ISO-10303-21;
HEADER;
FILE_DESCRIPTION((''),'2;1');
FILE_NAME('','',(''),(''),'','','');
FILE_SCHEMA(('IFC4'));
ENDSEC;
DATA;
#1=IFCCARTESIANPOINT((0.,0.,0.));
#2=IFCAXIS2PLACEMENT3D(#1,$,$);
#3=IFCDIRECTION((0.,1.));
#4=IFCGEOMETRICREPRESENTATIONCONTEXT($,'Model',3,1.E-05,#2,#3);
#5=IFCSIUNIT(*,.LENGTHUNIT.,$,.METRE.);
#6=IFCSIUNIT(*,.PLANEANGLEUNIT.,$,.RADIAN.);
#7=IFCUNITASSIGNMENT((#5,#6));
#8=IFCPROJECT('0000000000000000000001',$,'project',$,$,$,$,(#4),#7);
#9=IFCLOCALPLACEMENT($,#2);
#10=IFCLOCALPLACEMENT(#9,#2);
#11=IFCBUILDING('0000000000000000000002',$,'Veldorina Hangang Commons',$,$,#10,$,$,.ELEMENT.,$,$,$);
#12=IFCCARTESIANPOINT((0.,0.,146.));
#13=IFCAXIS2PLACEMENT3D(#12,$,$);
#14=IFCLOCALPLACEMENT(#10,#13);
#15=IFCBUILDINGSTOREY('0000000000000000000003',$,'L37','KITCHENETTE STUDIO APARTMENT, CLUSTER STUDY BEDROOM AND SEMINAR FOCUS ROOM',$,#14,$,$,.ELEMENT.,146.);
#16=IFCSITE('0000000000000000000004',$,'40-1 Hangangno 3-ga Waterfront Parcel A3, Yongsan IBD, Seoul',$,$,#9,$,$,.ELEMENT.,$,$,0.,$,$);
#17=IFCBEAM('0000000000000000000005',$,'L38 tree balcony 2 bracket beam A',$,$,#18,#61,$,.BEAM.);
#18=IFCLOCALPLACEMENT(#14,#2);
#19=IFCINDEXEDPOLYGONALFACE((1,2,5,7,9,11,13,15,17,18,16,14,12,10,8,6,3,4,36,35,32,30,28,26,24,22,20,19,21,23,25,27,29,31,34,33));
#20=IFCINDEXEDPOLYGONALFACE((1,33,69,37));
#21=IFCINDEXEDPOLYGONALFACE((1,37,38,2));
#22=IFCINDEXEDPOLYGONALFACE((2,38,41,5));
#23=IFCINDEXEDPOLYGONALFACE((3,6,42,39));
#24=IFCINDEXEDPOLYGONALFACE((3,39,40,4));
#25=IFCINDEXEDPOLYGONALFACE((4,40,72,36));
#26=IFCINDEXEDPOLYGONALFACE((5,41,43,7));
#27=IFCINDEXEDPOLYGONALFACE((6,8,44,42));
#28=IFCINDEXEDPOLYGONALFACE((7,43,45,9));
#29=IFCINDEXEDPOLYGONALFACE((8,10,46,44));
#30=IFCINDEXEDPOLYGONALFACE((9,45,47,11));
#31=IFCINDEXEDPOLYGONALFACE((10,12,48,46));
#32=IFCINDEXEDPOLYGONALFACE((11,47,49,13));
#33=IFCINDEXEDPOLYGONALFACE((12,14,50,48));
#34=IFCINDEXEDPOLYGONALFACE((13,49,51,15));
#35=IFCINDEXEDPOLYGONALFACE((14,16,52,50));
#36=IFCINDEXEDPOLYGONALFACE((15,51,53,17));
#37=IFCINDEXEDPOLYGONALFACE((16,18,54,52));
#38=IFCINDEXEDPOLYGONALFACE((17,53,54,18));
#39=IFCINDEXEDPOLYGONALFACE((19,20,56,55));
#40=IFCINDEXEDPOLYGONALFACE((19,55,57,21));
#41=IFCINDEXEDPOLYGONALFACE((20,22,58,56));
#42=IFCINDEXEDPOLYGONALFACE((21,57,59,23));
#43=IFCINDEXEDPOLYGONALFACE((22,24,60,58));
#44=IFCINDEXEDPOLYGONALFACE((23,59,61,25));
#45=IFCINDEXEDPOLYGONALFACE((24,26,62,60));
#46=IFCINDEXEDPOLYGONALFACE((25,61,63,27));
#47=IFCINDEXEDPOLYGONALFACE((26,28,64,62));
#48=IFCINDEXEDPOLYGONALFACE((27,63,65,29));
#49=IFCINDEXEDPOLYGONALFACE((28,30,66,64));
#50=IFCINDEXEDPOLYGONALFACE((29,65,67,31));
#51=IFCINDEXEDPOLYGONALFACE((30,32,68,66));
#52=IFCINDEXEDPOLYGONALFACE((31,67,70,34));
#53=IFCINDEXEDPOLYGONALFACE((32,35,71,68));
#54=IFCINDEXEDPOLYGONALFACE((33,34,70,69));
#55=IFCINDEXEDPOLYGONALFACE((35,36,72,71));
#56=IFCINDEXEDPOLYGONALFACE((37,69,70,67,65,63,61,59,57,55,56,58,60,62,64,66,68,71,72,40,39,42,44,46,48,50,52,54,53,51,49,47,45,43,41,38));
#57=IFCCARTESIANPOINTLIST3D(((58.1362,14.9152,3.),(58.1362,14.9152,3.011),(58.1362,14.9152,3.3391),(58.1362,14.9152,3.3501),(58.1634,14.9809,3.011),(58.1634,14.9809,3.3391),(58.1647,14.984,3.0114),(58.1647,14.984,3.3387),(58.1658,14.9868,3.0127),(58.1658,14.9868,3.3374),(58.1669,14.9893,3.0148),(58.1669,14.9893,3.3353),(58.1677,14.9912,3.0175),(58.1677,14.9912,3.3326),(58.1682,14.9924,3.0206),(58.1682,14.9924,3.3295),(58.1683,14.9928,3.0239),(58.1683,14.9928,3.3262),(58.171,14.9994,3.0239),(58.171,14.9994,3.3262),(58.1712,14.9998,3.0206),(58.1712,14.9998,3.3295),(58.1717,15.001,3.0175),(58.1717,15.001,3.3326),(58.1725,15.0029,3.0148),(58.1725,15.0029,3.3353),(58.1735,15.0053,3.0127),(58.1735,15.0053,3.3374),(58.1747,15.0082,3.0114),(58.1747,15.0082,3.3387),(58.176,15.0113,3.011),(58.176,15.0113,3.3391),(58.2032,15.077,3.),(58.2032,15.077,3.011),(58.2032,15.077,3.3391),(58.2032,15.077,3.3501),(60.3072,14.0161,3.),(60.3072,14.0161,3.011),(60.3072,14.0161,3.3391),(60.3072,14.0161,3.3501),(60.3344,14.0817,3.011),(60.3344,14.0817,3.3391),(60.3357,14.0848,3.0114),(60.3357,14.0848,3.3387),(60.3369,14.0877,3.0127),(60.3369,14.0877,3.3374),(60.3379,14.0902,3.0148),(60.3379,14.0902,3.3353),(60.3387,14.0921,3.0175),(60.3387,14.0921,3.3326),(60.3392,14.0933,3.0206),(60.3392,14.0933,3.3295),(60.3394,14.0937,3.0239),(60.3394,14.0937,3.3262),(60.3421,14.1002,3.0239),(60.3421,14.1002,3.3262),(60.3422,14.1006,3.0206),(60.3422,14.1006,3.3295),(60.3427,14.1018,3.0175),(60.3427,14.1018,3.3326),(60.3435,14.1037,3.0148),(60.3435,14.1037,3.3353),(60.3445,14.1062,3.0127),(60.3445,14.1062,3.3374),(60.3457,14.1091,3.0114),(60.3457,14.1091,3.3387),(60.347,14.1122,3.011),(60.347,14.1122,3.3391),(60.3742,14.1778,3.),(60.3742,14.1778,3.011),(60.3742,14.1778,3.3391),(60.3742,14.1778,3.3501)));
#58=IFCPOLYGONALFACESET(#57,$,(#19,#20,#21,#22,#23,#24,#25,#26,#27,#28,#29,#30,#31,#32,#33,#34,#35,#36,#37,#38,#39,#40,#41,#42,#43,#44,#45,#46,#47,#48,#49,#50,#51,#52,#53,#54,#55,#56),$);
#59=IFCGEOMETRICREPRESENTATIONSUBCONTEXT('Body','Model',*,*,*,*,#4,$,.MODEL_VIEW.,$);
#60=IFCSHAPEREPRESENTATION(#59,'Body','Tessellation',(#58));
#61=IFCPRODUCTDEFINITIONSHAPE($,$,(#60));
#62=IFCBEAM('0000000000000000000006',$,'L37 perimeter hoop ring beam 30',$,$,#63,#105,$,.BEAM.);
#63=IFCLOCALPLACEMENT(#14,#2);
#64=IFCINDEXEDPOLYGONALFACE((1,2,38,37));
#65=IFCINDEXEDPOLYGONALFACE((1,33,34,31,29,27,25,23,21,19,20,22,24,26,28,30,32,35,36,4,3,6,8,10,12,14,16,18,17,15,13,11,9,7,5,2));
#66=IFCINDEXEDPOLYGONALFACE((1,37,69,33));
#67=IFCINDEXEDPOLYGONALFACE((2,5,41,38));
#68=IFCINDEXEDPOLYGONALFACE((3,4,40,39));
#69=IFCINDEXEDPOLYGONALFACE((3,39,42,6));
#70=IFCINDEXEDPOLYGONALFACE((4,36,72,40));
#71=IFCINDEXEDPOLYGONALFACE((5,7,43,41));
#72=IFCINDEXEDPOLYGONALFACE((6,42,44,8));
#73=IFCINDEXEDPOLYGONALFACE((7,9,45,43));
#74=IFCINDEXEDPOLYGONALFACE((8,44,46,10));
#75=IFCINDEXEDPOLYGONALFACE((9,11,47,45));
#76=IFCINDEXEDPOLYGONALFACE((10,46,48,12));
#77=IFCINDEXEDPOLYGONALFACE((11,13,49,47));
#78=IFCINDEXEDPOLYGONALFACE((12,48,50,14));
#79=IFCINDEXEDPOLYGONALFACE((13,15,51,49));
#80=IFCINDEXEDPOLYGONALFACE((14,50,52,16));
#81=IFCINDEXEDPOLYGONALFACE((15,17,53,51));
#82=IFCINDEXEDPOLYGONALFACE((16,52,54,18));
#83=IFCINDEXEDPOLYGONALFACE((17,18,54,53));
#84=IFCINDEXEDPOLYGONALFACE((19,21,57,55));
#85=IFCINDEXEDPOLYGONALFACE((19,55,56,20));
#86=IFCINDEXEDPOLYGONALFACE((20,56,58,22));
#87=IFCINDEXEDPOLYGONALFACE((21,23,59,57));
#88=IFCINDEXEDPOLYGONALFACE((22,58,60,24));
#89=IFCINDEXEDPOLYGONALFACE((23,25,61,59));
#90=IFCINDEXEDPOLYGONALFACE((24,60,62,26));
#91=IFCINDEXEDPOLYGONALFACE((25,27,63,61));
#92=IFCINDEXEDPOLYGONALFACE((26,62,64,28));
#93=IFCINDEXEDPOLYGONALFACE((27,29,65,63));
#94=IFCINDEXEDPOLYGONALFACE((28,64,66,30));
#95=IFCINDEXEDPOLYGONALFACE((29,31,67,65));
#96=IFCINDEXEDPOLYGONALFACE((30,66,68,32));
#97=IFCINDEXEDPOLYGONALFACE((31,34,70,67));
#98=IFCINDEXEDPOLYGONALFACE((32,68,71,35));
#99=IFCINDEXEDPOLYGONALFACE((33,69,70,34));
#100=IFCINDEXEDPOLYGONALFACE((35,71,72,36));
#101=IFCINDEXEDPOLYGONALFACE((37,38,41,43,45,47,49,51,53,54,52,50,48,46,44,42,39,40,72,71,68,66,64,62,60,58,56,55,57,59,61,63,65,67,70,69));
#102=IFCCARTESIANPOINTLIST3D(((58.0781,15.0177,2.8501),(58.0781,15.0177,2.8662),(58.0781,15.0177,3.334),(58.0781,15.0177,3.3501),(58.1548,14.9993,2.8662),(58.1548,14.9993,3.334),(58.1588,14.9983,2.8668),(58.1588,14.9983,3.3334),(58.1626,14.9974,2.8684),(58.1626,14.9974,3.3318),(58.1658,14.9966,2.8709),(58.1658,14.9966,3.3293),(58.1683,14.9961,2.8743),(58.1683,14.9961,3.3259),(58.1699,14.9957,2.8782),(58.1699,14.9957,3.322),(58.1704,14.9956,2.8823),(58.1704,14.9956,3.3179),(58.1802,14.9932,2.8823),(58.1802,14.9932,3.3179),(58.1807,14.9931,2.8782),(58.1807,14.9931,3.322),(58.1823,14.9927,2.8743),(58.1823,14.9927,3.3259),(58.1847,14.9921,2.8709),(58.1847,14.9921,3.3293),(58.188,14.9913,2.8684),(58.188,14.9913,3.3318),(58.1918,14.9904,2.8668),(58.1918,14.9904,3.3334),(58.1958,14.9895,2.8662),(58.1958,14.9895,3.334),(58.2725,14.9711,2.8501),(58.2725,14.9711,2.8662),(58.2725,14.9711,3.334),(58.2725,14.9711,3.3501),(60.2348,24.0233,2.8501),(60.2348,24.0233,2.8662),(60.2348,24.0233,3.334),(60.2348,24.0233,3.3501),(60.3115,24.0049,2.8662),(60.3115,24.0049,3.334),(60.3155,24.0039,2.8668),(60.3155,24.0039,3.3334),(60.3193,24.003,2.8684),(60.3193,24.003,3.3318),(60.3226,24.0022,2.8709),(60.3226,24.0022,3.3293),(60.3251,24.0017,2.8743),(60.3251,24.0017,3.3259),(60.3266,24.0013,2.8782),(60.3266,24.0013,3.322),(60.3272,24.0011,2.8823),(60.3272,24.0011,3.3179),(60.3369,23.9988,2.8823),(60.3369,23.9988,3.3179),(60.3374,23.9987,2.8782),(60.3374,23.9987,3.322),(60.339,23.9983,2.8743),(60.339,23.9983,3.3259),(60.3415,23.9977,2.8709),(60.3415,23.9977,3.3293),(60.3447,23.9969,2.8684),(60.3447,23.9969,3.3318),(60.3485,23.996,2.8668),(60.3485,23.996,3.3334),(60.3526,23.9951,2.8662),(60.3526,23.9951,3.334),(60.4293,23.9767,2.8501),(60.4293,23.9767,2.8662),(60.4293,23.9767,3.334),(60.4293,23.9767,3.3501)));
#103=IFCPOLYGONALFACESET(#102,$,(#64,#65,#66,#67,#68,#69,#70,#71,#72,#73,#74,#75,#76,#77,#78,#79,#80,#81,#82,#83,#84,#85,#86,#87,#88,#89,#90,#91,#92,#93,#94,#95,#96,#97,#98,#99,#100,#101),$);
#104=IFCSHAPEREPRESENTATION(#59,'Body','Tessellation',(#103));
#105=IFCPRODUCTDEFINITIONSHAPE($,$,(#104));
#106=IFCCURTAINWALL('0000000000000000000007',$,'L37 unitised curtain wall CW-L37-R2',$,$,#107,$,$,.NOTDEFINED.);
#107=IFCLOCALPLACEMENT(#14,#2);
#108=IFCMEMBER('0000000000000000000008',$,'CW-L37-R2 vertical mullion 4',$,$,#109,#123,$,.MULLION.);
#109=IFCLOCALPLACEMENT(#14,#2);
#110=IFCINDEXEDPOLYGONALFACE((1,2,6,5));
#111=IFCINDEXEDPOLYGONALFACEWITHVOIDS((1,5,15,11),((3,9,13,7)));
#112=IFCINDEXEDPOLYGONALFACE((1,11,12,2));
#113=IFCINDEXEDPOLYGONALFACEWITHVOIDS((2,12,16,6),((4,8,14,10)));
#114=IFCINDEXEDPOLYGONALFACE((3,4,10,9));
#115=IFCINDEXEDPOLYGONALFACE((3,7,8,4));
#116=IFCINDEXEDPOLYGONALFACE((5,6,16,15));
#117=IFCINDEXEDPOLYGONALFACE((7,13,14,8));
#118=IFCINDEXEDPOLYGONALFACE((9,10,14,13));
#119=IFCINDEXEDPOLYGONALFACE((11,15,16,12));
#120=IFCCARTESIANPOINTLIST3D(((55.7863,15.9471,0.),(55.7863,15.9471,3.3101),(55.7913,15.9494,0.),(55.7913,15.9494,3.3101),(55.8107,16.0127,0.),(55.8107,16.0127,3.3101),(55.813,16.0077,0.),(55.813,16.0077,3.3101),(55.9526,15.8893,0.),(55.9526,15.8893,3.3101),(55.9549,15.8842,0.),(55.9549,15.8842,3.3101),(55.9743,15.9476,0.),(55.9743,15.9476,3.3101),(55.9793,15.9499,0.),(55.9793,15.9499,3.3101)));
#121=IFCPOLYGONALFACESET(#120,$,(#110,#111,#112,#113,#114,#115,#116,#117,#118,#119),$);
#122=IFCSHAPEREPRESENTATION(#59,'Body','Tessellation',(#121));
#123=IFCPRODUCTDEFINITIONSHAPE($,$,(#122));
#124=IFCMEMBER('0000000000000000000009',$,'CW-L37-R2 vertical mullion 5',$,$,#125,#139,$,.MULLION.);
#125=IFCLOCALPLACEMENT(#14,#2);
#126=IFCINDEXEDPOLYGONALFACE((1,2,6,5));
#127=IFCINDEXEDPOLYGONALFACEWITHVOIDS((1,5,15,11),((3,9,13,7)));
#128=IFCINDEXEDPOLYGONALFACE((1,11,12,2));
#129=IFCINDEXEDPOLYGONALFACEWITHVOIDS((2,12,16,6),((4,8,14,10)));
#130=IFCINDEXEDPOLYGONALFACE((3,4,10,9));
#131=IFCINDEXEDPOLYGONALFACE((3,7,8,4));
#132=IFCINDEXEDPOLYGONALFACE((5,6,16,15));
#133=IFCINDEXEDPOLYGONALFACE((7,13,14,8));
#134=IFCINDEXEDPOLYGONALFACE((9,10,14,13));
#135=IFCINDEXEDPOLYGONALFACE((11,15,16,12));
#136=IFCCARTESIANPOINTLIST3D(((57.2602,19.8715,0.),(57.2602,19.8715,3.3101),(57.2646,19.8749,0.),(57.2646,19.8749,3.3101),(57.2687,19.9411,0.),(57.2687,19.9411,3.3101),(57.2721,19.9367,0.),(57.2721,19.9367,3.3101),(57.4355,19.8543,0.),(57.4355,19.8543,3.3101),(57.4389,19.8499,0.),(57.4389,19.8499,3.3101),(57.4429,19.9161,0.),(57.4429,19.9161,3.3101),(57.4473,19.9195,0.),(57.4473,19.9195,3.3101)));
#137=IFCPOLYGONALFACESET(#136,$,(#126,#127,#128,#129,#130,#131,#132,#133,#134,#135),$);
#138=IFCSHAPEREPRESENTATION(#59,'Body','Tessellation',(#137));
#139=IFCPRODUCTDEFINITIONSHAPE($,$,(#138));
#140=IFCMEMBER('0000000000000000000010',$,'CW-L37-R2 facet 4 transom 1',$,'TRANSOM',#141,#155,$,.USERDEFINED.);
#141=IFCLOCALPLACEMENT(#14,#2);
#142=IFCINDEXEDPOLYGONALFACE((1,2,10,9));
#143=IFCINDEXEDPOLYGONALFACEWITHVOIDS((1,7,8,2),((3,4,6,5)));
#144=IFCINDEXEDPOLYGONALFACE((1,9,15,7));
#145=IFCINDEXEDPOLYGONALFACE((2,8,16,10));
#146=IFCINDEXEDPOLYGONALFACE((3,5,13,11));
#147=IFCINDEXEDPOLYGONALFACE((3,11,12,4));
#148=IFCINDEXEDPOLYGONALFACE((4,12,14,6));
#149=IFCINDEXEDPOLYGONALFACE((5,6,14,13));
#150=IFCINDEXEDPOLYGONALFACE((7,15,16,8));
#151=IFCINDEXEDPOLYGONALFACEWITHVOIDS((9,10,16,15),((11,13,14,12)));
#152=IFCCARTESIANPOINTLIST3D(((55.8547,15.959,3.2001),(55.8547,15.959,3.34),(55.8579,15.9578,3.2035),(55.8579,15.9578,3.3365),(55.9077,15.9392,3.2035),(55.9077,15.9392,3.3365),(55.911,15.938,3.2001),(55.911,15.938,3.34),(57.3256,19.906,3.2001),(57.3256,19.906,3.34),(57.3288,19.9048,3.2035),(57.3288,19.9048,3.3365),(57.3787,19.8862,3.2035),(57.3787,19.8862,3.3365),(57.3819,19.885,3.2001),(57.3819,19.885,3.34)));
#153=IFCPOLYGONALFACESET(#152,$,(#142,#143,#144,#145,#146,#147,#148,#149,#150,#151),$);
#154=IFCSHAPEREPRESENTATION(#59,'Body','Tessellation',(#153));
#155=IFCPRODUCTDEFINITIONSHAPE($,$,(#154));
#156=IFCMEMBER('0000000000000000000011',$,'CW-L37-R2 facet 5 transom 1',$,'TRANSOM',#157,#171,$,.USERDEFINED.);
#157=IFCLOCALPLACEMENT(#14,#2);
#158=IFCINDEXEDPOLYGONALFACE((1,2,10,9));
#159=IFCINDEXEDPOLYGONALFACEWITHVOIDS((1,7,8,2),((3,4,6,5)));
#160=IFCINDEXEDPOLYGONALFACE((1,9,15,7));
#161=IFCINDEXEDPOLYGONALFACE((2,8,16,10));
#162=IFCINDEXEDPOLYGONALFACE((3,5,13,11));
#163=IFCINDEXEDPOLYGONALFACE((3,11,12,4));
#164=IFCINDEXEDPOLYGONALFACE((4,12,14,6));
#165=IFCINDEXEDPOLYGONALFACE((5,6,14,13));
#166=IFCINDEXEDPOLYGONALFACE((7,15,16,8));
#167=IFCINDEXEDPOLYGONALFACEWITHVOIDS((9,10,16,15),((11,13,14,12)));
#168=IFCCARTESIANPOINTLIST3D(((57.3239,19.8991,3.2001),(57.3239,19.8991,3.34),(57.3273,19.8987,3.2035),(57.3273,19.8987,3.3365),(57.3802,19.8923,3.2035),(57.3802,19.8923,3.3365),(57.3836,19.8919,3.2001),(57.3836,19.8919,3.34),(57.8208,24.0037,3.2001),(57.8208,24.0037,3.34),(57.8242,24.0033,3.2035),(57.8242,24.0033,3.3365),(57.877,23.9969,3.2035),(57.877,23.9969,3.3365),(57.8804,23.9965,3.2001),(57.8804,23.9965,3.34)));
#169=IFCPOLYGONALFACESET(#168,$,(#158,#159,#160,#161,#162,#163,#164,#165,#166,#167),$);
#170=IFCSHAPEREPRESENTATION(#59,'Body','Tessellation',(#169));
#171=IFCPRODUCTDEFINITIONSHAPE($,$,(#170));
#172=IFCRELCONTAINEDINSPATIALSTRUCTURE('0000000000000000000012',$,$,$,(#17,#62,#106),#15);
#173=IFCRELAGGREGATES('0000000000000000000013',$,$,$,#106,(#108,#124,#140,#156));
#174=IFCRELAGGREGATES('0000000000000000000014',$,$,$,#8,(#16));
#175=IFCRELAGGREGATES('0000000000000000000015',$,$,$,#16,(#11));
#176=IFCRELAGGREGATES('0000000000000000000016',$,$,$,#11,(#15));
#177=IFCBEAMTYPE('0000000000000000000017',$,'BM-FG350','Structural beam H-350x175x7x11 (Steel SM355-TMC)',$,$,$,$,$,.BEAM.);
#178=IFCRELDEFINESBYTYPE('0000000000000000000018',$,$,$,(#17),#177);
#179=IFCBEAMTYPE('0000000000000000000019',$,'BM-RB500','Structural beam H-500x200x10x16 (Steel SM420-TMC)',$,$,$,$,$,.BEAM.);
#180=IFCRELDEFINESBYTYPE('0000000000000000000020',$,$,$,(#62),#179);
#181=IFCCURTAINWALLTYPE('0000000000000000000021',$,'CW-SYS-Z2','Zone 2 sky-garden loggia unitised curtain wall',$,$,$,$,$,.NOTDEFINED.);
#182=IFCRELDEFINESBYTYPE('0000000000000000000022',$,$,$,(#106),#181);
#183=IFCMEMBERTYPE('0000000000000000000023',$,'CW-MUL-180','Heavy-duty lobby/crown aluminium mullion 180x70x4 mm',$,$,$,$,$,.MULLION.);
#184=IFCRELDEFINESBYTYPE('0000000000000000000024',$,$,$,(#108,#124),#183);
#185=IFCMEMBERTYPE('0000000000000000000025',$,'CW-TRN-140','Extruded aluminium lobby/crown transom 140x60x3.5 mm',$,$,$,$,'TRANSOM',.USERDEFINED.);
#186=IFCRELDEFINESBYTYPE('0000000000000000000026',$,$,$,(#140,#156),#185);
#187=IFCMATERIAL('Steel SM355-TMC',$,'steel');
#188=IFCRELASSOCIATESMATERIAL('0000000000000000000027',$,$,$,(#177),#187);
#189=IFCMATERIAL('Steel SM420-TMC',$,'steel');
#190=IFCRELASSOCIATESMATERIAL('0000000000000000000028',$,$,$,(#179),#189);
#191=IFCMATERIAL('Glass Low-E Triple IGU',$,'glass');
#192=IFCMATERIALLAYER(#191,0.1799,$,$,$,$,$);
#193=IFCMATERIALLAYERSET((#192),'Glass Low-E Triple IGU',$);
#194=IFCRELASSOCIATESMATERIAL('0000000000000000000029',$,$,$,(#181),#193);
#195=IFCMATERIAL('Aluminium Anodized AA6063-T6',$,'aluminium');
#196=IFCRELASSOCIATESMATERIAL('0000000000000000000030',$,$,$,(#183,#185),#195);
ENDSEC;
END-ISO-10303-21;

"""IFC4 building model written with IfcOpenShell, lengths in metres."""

from ifc_helpers import new_model, si_unit, direction, frame, origin, origin_2d, place, context, subcontext, project, spatial, hollow_rectangle, i_section, extrude, material, layer, layer_set, material_profile, profile_set, type_object, element, aggregate, save


model = new_model("IFC4")

# Units and contexts
model_context = context("Model", 3, precision=1e-05, world=origin(), true_north=direction((0.0, 1.0)))
body_context = subcontext(model_context, "Body", "Model", "MODEL_VIEW")
ifc_project = project(units=[si_unit("LENGTHUNIT", "METRE"), si_unit("PLANEANGLEUNIT", "RADIAN")], contexts=[model_context])

# Site, building, storey
site_placement = place(None, origin())
site = spatial("IfcSite", under=ifc_project, at=site_placement, Name="40-1 Hangangno 3-ga Waterfront Parcel A3, Yongsan IBD, Seoul", CompositionType="ELEMENT", RefElevation=0.0)
building_placement = place(site_placement, origin())
building = spatial("IfcBuilding", under=site, at=building_placement, Name="Veldorina Hangang Commons", CompositionType="ELEMENT")
storey_placement = place(building_placement, frame((0.0, 0.0, 146.0)))
storey = spatial("IfcBuildingStorey", under=building, at=storey_placement, Name="L37", Description="KITCHENETTE STUDIO APARTMENT, CLUSTER STUDY BEDROOM AND SEMINAR FOCUS ROOM", CompositionType="ELEMENT", Elevation=146.0)

# Beams
ifc_material_1 = material(Name="Steel SM355-TMC", Category="steel")
ifc_material_profile_1 = material_profile(ifc_material_1, i_section(OverallWidth=0.175, OverallDepth=0.3501, WebThickness=0.0071, FlangeThickness=0.011, FilletRadius=0.0129, at=origin_2d()), Name="H-350x175x7x11")
ifc_profile_set_1 = profile_set([ifc_material_profile_1], Name="Steel SM355-TMC")
beam_type_1 = type_object("IfcBeamType", Name="BM-FG350", Description="Structural beam H-350x175x7x11 (Steel SM355-TMC)", PredefinedType="BEAM", material=ifc_profile_set_1)
beam_1_placement = place(storey_placement, frame((58.1697, 14.9961, 3.175), z_axis=(0.923902, -0.38263, 0.0), x_axis=(0.38263, 0.923902, 0.0)))
element("IfcBeam", 1, at=beam_1_placement, inside=storey, type_object=beam_type_1, Name="L38 tree balcony 2 bracket beam A", PredefinedType="BEAM", context=body_context, shape_type="SweptSolid", body=[
    extrude(i_section(OverallWidth=0.175, OverallDepth=0.3501, WebThickness=0.0071, FlangeThickness=0.011, FilletRadius=0.0129, at=origin_2d()), origin(), (0.0, 0.0, 1.0), 2.3499),
])
ifc_material_2 = material(Name="Steel SM420-TMC", Category="steel")
ifc_material_profile_2 = material_profile(ifc_material_2, i_section(OverallWidth=0.2, OverallDepth=0.5, WebThickness=0.01, FlangeThickness=0.0161, FilletRadius=0.0161, at=origin_2d()), Name="H-500x200x10x16")
ifc_profile_set_2 = profile_set([ifc_material_profile_2], Name="Steel SM420-TMC")
beam_type_2 = type_object("IfcBeamType", Name="BM-RB500", Description="Structural beam H-500x200x10x16 (Steel SM420-TMC)", PredefinedType="BEAM", material=ifc_profile_set_2)
beam_2_placement = place(storey_placement, frame((58.1753, 14.9944, 3.1001), z_axis=(0.232902, 0.9725, 0.0), x_axis=(-0.9725, 0.232902, 0.0)))
element("IfcBeam", 2, at=beam_2_placement, inside=storey, type_object=beam_type_2, Name="L37 perimeter hoop ring beam 30", PredefinedType="BEAM", context=body_context, shape_type="SweptSolid", body=[
    extrude(i_section(OverallWidth=0.2, OverallDepth=0.5, WebThickness=0.01, FlangeThickness=0.0161, FilletRadius=0.0161, at=origin_2d()), origin(), (0.0, 0.0, 1.0), 9.2603),
])

# Curtain wall, members
ifc_material_3 = material(Name="Glass Low-E Triple IGU", Category="glass")
ifc_layer_1 = layer(ifc_material_3, 0.1799)
ifc_layer_set_1 = layer_set([ifc_layer_1], Name="Glass Low-E Triple IGU")
curtain_wall_type = type_object("IfcCurtainWallType", Name="CW-SYS-Z2", Description="Zone 2 sky-garden loggia unitised curtain wall", PredefinedType="NOTDEFINED", material=ifc_layer_set_1)
curtain_wall_placement = place(storey_placement, origin())
curtain_wall = element("IfcCurtainWall", 3, at=curtain_wall_placement, inside=storey, type_object=curtain_wall_type, Name="L37 unitised curtain wall CW-L37-R2", PredefinedType="NOTDEFINED")
ifc_material_4 = material(Name="Aluminium Anodized AA6063-T6", Category="aluminium")
ifc_material_profile_3 = material_profile(ifc_material_4, hollow_rectangle(XDim=0.0701, YDim=0.1799, WallThickness=0.0039, at=origin_2d()), Name="ALU-RHS-180x70x4")
ifc_profile_set_3 = profile_set([ifc_material_profile_3], Name="Aluminium Anodized AA6063-T6")
member_type_1 = type_object("IfcMemberType", Name="CW-MUL-180", Description="Heavy-duty lobby/crown aluminium mullion 180x70x4 mm", PredefinedType="MULLION", material=ifc_profile_set_3)
member_1_placement = place(storey_placement, frame((55.8828, 15.9485, 0.0), z_axis=(0.0, 0.0, 1.0), x_axis=(0.349259, 0.937026, 0.0)))
member_1 = element("IfcMember", 4, at=member_1_placement, type_object=member_type_1, Name="CW-L37-R2 vertical mullion 4", PredefinedType="MULLION", context=body_context, shape_type="SweptSolid", body=[
    extrude(hollow_rectangle(XDim=0.0701, YDim=0.1799, WallThickness=0.0039, at=origin_2d()), origin(), (0.0, 0.0, 1.0), 3.3101),
])
member_2_placement = place(storey_placement, frame((57.3538, 19.8955, 0.0), z_axis=(0.0, 0.0, 1.0), x_axis=(0.120137, 0.992757, 0.0)))
member_2 = element("IfcMember", 5, at=member_2_placement, type_object=member_type_1, Name="CW-L37-R2 vertical mullion 5", PredefinedType="MULLION", context=body_context, shape_type="SweptSolid", body=[
    extrude(hollow_rectangle(XDim=0.0701, YDim=0.1799, WallThickness=0.0039, at=origin_2d()), origin(), (0.0, 0.0, 1.0), 3.3101),
])
ifc_material_profile_4 = material_profile(ifc_material_4, hollow_rectangle(XDim=0.0601, YDim=0.1399, WallThickness=0.0034, at=origin_2d()), Name="ALU-RHS-140x60x3.5")
ifc_profile_set_4 = profile_set([ifc_material_profile_4], Name="Aluminium Anodized AA6063-T6")
member_type_2 = type_object("IfcMemberType", Name="CW-TRN-140", Description="Extruded aluminium lobby/crown transom 140x60x3.5 mm", ElementType="TRANSOM", PredefinedType="USERDEFINED", material=ifc_profile_set_4)
member_3_placement = place(storey_placement, frame((55.8828, 15.9485, 3.27), z_axis=(0.349211, 0.937044, 0.0), x_axis=(-0.937044, 0.349211, 0.0)))
member_3 = element("IfcMember", 6, at=member_3_placement, type_object=member_type_2, Name="CW-L37-R2 facet 4 transom 1", ObjectType="TRANSOM", PredefinedType="USERDEFINED", context=body_context, shape_type="SweptSolid", body=[
    extrude(hollow_rectangle(XDim=0.0601, YDim=0.1399, WallThickness=0.0034, at=origin_2d()), origin(), (0.0, 0.0, 1.0), 4.2122),
])
member_4_placement = place(storey_placement, frame((57.3538, 19.8955, 3.27), z_axis=(0.120167, 0.992754, 0.0), x_axis=(-0.992754, 0.120167, 0.0)))
member_4 = element("IfcMember", 7, at=member_4_placement, type_object=member_type_2, Name="CW-L37-R2 facet 5 transom 1", ObjectType="TRANSOM", PredefinedType="USERDEFINED", context=body_context, shape_type="SweptSolid", body=[
    extrude(hollow_rectangle(XDim=0.0601, YDim=0.1399, WallThickness=0.0034, at=origin_2d()), origin(), (0.0, 0.0, 1.0), 4.1345),
])

aggregate(curtain_wall, [member_1, member_2, member_3, member_4])

save(model, "model.ifc")
